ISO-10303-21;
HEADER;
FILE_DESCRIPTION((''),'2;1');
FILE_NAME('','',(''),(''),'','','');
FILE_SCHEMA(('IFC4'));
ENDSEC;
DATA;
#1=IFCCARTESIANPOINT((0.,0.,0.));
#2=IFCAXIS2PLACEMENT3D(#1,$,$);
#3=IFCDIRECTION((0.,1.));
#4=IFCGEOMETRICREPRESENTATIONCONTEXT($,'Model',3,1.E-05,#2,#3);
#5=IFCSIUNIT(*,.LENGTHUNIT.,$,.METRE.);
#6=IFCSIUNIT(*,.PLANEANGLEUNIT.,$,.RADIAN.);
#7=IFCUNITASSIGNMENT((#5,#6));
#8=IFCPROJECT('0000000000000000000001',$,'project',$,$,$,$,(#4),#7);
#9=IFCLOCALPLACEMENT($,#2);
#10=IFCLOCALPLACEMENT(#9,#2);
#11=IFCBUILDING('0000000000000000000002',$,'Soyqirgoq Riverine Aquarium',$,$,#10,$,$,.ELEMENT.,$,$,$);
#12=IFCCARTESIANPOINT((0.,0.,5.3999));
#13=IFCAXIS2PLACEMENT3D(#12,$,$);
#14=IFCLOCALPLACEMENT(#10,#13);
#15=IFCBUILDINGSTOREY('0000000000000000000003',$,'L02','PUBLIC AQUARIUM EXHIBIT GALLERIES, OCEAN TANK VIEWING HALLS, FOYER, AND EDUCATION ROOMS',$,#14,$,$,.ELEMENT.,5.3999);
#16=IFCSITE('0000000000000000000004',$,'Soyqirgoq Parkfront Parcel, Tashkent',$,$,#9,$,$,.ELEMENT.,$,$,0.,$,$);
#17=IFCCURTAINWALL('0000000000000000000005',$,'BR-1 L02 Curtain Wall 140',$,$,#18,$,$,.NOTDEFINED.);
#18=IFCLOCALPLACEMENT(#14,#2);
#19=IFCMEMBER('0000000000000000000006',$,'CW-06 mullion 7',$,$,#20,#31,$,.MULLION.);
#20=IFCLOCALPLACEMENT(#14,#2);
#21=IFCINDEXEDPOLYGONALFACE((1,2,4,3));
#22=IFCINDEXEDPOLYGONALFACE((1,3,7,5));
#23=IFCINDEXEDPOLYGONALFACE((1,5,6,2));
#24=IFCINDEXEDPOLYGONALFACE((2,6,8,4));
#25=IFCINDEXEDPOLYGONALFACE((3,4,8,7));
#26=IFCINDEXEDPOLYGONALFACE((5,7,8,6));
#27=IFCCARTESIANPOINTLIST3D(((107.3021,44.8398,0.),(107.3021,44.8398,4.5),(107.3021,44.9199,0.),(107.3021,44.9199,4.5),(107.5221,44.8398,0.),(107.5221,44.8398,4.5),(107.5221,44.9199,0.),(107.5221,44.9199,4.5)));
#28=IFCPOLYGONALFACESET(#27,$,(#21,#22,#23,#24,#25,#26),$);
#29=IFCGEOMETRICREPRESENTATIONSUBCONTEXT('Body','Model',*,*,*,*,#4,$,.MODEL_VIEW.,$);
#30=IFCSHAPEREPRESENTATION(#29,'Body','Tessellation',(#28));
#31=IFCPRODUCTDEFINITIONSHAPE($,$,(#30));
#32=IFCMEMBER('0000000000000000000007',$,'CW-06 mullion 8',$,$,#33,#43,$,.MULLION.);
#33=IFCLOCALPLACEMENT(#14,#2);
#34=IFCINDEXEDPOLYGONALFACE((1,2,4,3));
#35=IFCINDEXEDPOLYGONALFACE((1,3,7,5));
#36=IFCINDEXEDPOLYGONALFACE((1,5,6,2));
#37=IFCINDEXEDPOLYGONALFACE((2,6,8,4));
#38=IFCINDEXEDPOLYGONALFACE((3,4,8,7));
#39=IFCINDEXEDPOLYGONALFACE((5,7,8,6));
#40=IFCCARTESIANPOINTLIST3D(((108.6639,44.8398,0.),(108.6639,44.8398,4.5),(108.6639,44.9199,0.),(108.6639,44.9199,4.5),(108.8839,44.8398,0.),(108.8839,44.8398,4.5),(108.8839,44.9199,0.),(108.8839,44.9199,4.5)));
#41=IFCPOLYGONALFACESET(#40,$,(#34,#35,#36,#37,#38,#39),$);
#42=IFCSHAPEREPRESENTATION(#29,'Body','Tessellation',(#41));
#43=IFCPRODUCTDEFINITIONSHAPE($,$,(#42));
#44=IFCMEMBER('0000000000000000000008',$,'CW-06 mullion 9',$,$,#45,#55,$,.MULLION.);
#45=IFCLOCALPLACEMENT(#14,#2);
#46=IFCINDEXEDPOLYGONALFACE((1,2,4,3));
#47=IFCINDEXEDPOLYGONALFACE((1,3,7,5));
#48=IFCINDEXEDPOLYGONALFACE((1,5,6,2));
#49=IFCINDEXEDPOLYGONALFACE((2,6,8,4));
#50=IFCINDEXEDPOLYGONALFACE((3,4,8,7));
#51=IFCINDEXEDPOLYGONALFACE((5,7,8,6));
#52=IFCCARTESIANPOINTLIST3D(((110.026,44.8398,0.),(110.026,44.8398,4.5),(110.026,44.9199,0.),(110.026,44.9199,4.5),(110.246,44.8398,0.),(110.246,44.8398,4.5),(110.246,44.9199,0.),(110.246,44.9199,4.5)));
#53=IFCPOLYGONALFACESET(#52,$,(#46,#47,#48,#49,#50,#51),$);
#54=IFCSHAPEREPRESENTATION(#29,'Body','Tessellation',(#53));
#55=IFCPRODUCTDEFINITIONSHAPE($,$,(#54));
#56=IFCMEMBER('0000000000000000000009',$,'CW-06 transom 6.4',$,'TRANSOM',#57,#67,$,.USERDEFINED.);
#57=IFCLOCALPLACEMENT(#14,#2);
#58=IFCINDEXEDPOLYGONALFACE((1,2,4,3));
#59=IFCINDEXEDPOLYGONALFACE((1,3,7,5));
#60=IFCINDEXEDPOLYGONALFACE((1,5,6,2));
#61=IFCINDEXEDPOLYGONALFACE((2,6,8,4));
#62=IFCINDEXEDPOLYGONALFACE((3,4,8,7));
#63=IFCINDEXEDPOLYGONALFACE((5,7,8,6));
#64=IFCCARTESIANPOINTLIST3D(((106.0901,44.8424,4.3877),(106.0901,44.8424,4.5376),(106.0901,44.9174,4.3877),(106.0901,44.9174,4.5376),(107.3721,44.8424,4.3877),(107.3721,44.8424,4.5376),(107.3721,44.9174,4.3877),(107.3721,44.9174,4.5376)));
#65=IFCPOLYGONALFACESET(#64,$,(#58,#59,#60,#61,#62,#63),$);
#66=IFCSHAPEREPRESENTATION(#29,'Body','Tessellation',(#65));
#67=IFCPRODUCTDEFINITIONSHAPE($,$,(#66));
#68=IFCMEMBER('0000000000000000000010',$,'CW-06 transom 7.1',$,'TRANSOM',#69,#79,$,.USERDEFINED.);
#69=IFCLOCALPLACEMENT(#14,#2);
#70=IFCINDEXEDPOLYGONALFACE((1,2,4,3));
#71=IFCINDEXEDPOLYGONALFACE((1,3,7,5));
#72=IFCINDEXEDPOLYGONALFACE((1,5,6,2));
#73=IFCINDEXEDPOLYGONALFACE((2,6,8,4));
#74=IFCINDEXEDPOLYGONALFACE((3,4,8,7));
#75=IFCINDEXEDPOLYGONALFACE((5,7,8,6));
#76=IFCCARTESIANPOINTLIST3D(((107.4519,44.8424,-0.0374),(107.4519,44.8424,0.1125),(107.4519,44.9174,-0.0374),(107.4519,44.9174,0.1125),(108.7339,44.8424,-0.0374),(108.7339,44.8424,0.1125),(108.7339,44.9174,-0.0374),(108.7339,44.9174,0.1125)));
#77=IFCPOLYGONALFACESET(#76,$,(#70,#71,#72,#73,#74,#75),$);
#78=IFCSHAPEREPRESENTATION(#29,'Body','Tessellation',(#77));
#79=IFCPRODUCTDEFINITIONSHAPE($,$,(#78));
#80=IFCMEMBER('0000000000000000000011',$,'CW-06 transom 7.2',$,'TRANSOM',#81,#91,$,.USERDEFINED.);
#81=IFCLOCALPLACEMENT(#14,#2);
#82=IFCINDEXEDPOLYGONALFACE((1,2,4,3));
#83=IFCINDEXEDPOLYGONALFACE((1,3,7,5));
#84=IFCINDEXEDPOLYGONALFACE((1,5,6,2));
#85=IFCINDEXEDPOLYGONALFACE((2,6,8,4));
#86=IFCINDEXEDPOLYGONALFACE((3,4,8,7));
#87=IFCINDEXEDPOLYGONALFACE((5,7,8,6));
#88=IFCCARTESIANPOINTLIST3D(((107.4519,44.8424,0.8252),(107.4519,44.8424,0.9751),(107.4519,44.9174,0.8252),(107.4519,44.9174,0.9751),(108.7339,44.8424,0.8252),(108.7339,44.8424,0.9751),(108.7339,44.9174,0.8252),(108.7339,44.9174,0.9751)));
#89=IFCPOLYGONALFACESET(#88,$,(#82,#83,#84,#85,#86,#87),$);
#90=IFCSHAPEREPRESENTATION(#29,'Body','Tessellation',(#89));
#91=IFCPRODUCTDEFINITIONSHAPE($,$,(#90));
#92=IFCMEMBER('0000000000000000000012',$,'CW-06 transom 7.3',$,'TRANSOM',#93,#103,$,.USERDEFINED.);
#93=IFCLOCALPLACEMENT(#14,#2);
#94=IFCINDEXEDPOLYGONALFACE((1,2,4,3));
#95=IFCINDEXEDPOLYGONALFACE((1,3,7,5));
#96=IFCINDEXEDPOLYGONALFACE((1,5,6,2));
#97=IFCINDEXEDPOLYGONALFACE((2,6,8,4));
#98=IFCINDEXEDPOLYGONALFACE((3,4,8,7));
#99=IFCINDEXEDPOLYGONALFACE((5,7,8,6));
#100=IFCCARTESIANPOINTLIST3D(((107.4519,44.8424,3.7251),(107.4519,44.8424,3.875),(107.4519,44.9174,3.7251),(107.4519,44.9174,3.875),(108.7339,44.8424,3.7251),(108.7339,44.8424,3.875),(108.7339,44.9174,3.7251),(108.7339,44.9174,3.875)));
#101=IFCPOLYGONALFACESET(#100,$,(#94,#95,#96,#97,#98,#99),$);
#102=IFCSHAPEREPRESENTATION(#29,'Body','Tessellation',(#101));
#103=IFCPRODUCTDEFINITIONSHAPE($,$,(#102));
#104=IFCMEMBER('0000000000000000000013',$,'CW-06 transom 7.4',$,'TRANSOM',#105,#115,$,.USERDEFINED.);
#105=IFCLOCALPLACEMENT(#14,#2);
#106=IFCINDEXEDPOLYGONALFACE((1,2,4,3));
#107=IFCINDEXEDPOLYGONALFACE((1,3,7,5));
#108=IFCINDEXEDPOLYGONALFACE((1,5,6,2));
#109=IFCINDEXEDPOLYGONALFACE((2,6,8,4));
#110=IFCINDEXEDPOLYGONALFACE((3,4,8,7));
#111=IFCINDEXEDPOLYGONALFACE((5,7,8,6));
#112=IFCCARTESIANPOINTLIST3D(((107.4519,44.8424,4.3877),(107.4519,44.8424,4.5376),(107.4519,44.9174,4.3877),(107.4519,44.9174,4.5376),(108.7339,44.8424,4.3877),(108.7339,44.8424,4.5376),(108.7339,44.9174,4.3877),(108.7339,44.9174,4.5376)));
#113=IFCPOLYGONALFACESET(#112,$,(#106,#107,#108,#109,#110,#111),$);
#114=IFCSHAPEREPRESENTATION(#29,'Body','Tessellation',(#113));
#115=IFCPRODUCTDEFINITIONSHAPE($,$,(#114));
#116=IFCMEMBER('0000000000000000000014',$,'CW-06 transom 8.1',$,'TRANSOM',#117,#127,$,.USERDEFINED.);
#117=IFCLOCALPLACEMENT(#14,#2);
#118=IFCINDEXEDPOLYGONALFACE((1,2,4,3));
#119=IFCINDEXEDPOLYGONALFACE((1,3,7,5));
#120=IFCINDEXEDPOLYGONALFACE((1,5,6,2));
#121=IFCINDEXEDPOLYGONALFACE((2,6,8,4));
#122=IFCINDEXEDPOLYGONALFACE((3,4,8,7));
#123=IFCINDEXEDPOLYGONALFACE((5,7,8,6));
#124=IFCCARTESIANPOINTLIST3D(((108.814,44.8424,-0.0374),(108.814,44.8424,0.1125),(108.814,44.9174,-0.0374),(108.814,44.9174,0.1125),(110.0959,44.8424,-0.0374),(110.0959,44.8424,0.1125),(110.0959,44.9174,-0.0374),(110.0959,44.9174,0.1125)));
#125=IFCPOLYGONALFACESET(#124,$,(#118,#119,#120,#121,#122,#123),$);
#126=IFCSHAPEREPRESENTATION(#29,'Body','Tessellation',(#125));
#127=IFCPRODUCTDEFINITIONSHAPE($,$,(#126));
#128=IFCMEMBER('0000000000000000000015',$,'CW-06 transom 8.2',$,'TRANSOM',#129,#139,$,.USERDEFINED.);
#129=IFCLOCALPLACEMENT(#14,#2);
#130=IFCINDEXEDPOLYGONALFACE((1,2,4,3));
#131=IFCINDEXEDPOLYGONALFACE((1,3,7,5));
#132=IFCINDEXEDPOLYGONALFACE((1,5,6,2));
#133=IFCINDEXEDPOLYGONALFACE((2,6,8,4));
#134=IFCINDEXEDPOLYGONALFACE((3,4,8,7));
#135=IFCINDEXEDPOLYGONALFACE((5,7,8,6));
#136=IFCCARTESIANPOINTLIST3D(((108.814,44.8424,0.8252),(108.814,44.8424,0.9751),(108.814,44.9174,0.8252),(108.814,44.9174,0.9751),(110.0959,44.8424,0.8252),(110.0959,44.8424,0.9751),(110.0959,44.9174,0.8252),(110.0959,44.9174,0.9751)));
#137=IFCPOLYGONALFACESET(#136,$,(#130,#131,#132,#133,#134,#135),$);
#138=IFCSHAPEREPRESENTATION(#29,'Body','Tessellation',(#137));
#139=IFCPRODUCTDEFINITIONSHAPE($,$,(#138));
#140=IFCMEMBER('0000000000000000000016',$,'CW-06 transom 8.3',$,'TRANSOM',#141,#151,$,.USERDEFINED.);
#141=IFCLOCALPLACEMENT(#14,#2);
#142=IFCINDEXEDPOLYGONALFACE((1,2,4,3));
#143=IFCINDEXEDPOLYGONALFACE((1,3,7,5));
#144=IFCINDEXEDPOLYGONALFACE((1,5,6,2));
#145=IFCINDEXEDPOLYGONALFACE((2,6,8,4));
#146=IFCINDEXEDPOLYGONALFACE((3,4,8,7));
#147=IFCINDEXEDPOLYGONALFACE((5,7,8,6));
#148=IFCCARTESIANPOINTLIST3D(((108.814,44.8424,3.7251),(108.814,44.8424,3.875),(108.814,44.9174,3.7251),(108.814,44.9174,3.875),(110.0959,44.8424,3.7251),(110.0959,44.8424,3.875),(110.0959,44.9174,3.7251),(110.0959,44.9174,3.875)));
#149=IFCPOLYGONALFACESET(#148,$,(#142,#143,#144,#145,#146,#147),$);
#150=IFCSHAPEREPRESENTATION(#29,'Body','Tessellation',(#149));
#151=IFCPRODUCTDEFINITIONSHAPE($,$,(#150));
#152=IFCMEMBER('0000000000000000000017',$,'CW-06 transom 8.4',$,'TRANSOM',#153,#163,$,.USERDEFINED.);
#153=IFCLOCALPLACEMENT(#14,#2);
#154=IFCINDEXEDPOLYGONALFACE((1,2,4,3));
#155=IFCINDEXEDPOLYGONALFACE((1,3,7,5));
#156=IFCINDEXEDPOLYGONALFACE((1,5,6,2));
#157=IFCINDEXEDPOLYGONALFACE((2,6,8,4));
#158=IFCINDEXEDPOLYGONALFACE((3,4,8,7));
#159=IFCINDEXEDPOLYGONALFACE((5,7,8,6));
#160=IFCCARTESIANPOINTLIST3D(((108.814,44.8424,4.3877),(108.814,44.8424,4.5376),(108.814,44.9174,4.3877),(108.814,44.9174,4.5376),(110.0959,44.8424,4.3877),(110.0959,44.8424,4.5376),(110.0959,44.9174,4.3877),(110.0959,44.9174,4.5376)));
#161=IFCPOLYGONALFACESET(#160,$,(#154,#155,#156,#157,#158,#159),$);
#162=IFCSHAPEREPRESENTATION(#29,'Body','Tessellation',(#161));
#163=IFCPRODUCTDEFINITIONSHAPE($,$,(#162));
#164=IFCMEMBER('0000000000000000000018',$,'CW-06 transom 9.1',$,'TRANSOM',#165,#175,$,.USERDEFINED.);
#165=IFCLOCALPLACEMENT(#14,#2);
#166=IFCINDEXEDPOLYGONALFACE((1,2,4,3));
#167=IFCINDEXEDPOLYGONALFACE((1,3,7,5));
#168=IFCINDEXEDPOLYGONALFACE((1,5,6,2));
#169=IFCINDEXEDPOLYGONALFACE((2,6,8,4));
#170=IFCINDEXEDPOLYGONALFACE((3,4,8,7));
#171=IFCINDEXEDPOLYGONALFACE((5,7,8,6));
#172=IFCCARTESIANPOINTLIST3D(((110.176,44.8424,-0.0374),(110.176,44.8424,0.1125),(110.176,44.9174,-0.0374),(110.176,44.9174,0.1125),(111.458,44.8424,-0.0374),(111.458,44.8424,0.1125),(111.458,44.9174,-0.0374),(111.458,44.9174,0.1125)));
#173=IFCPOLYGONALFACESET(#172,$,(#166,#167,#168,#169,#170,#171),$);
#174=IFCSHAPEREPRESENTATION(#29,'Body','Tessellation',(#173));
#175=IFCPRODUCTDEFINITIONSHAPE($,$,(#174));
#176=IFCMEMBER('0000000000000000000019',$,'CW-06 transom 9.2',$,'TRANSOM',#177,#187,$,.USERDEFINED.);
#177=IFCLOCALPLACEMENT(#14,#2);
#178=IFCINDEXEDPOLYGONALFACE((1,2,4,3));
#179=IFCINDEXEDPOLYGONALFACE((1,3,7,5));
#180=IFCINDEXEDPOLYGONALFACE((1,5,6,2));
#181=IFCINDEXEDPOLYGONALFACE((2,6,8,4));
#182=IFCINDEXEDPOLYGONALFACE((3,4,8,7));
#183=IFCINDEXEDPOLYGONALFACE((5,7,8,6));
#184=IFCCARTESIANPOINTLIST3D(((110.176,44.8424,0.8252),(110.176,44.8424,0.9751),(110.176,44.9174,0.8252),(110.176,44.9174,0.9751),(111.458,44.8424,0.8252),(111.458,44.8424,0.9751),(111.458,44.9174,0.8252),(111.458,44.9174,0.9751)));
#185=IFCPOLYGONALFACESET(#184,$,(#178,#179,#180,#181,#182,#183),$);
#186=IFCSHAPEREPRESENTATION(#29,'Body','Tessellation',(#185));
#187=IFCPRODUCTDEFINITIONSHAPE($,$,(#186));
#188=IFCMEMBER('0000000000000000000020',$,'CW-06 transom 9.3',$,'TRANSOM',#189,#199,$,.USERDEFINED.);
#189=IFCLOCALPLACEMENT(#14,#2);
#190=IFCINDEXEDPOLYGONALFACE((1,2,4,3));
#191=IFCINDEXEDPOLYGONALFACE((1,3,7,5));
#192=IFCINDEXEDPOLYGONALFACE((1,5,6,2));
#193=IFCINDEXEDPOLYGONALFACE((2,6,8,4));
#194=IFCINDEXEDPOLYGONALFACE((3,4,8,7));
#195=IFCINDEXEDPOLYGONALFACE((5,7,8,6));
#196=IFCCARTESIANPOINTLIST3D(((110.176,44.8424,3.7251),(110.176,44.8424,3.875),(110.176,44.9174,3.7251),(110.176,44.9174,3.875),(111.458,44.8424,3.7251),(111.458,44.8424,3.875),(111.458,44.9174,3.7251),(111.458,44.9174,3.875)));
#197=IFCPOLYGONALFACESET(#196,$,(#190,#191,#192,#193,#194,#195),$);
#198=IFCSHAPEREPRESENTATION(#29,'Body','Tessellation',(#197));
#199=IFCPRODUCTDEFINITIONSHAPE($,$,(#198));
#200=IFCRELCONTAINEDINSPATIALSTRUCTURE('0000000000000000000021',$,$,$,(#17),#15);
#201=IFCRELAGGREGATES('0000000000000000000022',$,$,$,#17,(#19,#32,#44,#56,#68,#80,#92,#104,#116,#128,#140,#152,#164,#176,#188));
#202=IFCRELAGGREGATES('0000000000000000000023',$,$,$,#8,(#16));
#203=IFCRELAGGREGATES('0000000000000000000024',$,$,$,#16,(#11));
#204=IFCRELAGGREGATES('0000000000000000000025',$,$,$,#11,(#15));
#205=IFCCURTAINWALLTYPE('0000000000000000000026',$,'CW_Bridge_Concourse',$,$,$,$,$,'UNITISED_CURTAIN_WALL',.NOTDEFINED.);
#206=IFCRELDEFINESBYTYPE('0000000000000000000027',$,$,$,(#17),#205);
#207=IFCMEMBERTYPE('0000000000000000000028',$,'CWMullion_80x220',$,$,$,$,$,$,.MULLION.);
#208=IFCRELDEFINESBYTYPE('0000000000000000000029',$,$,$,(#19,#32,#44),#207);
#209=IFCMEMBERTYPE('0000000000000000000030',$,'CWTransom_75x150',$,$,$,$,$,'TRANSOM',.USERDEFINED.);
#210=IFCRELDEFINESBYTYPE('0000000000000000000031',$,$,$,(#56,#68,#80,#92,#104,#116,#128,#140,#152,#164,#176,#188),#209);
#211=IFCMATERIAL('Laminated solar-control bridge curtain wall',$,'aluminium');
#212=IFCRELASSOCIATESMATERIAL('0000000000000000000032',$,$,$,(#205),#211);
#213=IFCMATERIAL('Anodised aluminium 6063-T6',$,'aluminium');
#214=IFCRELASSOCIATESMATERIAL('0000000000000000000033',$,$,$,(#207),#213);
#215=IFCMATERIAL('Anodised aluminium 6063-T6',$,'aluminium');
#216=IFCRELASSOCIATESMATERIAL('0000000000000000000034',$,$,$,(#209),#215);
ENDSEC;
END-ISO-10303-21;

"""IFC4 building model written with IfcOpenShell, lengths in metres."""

from ifc_helpers import new_model, si_unit, direction, frame, origin, origin_2d, place, context, subcontext, project, spatial, rectangle, extrude, material, material_profile, profile_set, type_object, element, aggregate, save


model = new_model("IFC4")

# Units and contexts
model_context = context("Model", 3, precision=1e-05, world=origin(), true_north=direction((0.0, 1.0)))
body_context = subcontext(model_context, "Body", "Model", "MODEL_VIEW")
ifc_project = project(units=[si_unit("LENGTHUNIT", "METRE"), si_unit("PLANEANGLEUNIT", "RADIAN")], contexts=[model_context])

# Site, building, storey
site_placement = place(None, origin())
site = spatial("IfcSite", under=ifc_project, at=site_placement, Name="Soyqirgoq Parkfront Parcel, Tashkent", CompositionType="ELEMENT", RefElevation=0.0)
building_placement = place(site_placement, origin())
building = spatial("IfcBuilding", under=site, at=building_placement, Name="Soyqirgoq Riverine Aquarium", CompositionType="ELEMENT")
storey_placement = place(building_placement, frame((0.0, 0.0, 5.3999)))
storey = spatial("IfcBuildingStorey", under=building, at=storey_placement, Name="L02", Description="PUBLIC AQUARIUM EXHIBIT GALLERIES, OCEAN TANK VIEWING HALLS, FOYER, AND EDUCATION ROOMS", CompositionType="ELEMENT", Elevation=5.3999)

# Curtain wall, members
ifc_material_1 = material(Name="Laminated solar-control bridge curtain wall", Category="aluminium")
curtain_wall_type = type_object("IfcCurtainWallType", Name="CW_Bridge_Concourse", ElementType="UNITISED_CURTAIN_WALL", PredefinedType="NOTDEFINED", material=ifc_material_1)
curtain_wall_placement = place(storey_placement, origin())
curtain_wall = element("IfcCurtainWall", 1, at=curtain_wall_placement, inside=storey, type_object=curtain_wall_type, Name="BR-1 L02 Curtain Wall 140", PredefinedType="NOTDEFINED")
ifc_material_2 = material(Name="Anodised aluminium 6063-T6", Category="aluminium")
ifc_material_profile_1 = material_profile(ifc_material_2, rectangle(XDim=0.0801, YDim=0.22, at=origin_2d()), Name="ALU-M 80x220")
ifc_profile_set_1 = profile_set([ifc_material_profile_1], Name="Anodised aluminium 6063-T6")
member_type_1 = type_object("IfcMemberType", Name="CWMullion_80x220", PredefinedType="MULLION", material=ifc_profile_set_1)
member_1_placement = place(storey_placement, frame((107.4121, 44.8799, 0.0), z_axis=(0.0, 0.0, 1.0), x_axis=(0.0, 1.0, 0.0)))
member_1 = element("IfcMember", 2, at=member_1_placement, type_object=member_type_1, Name="CW-06 mullion 7", PredefinedType="MULLION", context=body_context, shape_type="SweptSolid", body=[
    extrude(rectangle(XDim=0.0801, YDim=0.22, at=origin_2d()), origin(), (0.0, 0.0, 1.0), 4.5),
])
member_2_placement = place(storey_placement, frame((108.7739, 44.8799, 0.0), z_axis=(0.0, 0.0, 1.0), x_axis=(0.0, 1.0, 0.0)))
member_2 = element("IfcMember", 3, at=member_2_placement, type_object=member_type_1, Name="CW-06 mullion 8", PredefinedType="MULLION", context=body_context, shape_type="SweptSolid", body=[
    extrude(rectangle(XDim=0.0801, YDim=0.22, at=origin_2d()), origin(), (0.0, 0.0, 1.0), 4.5),
])
member_3_placement = place(storey_placement, frame((110.136, 44.8799, 0.0), z_axis=(0.0, 0.0, 1.0), x_axis=(0.0, 1.0, 0.0)))
member_3 = element("IfcMember", 4, at=member_3_placement, type_object=member_type_1, Name="CW-06 mullion 9", PredefinedType="MULLION", context=body_context, shape_type="SweptSolid", body=[
    extrude(rectangle(XDim=0.0801, YDim=0.22, at=origin_2d()), origin(), (0.0, 0.0, 1.0), 4.5),
])
ifc_material_3 = material(Name="Anodised aluminium 6063-T6", Category="aluminium")
ifc_material_profile_2 = material_profile(ifc_material_3, rectangle(XDim=0.075, YDim=0.1499, at=origin_2d()), Name="ALU-T 75x150")
ifc_profile_set_2 = profile_set([ifc_material_profile_2], Name="Anodised aluminium 6063-T6")
member_type_2 = type_object("IfcMemberType", Name="CWTransom_75x150", ElementType="TRANSOM", PredefinedType="USERDEFINED", material=ifc_profile_set_2)
member_4_placement = place(storey_placement, frame((106.0901, 44.8799, 4.4626), z_axis=(1.0, 0.0, 0.0), x_axis=(0.0, 1.0, 0.0)))
member_4 = element("IfcMember", 5, at=member_4_placement, type_object=member_type_2, Name="CW-06 transom 6.4", ObjectType="TRANSOM", PredefinedType="USERDEFINED", context=body_context, shape_type="SweptSolid", body=[
    extrude(rectangle(XDim=0.075, YDim=0.1499, at=origin_2d()), origin(), (0.0, 0.0, 1.0), 1.282),
])
member_5_placement = place(storey_placement, frame((107.4519, 44.8799, 0.0376), z_axis=(1.0, 0.0, 0.0), x_axis=(0.0, 1.0, 0.0)))
member_5 = element("IfcMember", 6, at=member_5_placement, type_object=member_type_2, Name="CW-06 transom 7.1", ObjectType="TRANSOM", PredefinedType="USERDEFINED", context=body_context, shape_type="SweptSolid", body=[
    extrude(rectangle(XDim=0.075, YDim=0.1499, at=origin_2d()), origin(), (0.0, 0.0, 1.0), 1.282),
])
member_6_placement = place(storey_placement, frame((107.4519, 44.8799, 0.9001), z_axis=(1.0, 0.0, 0.0), x_axis=(0.0, 1.0, 0.0)))
member_6 = element("IfcMember", 7, at=member_6_placement, type_object=member_type_2, Name="CW-06 transom 7.2", ObjectType="TRANSOM", PredefinedType="USERDEFINED", context=body_context, shape_type="SweptSolid", body=[
    extrude(rectangle(XDim=0.075, YDim=0.1499, at=origin_2d()), origin(), (0.0, 0.0, 1.0), 1.282),
])
member_7_placement = place(storey_placement, frame((107.4519, 44.8799, 3.8), z_axis=(1.0, 0.0, 0.0), x_axis=(0.0, 1.0, 0.0)))
member_7 = element("IfcMember", 8, at=member_7_placement, type_object=member_type_2, Name="CW-06 transom 7.3", ObjectType="TRANSOM", PredefinedType="USERDEFINED", context=body_context, shape_type="SweptSolid", body=[
    extrude(rectangle(XDim=0.075, YDim=0.1499, at=origin_2d()), origin(), (0.0, 0.0, 1.0), 1.282),
])
member_8_placement = place(storey_placement, frame((107.4519, 44.8799, 4.4626), z_axis=(1.0, 0.0, 0.0), x_axis=(0.0, 1.0, 0.0)))
member_8 = element("IfcMember", 9, at=member_8_placement, type_object=member_type_2, Name="CW-06 transom 7.4", ObjectType="TRANSOM", PredefinedType="USERDEFINED", context=body_context, shape_type="SweptSolid", body=[
    extrude(rectangle(XDim=0.075, YDim=0.1499, at=origin_2d()), origin(), (0.0, 0.0, 1.0), 1.282),
])
member_9_placement = place(storey_placement, frame((108.814, 44.8799, 0.0376), z_axis=(1.0, 0.0, 0.0), x_axis=(0.0, 1.0, 0.0)))
member_9 = element("IfcMember", 10, at=member_9_placement, type_object=member_type_2, Name="CW-06 transom 8.1", ObjectType="TRANSOM", PredefinedType="USERDEFINED", context=body_context, shape_type="SweptSolid", body=[
    extrude(rectangle(XDim=0.075, YDim=0.1499, at=origin_2d()), origin(), (0.0, 0.0, 1.0), 1.282),
])
member_10_placement = place(storey_placement, frame((108.814, 44.8799, 0.9001), z_axis=(1.0, 0.0, 0.0), x_axis=(0.0, 1.0, 0.0)))
member_10 = element("IfcMember", 11, at=member_10_placement, type_object=member_type_2, Name="CW-06 transom 8.2", ObjectType="TRANSOM", PredefinedType="USERDEFINED", context=body_context, shape_type="SweptSolid", body=[
    extrude(rectangle(XDim=0.075, YDim=0.1499, at=origin_2d()), origin(), (0.0, 0.0, 1.0), 1.282),
])
member_11_placement = place(storey_placement, frame((108.814, 44.8799, 3.8), z_axis=(1.0, 0.0, 0.0), x_axis=(0.0, 1.0, 0.0)))
member_11 = element("IfcMember", 12, at=member_11_placement, type_object=member_type_2, Name="CW-06 transom 8.3", ObjectType="TRANSOM", PredefinedType="USERDEFINED", context=body_context, shape_type="SweptSolid", body=[
    extrude(rectangle(XDim=0.075, YDim=0.1499, at=origin_2d()), origin(), (0.0, 0.0, 1.0), 1.282),
])
member_12_placement = place(storey_placement, frame((108.814, 44.8799, 4.4626), z_axis=(1.0, 0.0, 0.0), x_axis=(0.0, 1.0, 0.0)))
member_12 = element("IfcMember", 13, at=member_12_placement, type_object=member_type_2, Name="CW-06 transom 8.4", ObjectType="TRANSOM", PredefinedType="USERDEFINED", context=body_context, shape_type="SweptSolid", body=[
    extrude(rectangle(XDim=0.075, YDim=0.1499, at=origin_2d()), origin(), (0.0, 0.0, 1.0), 1.282),
])
member_13_placement = place(storey_placement, frame((110.176, 44.8799, 0.0376), z_axis=(1.0, 0.0, 0.0), x_axis=(0.0, 1.0, 0.0)))
member_13 = element("IfcMember", 14, at=member_13_placement, type_object=member_type_2, Name="CW-06 transom 9.1", ObjectType="TRANSOM", PredefinedType="USERDEFINED", context=body_context, shape_type="SweptSolid", body=[
    extrude(rectangle(XDim=0.075, YDim=0.1499, at=origin_2d()), origin(), (0.0, 0.0, 1.0), 1.282),
])
member_14_placement = place(storey_placement, frame((110.176, 44.8799, 0.9001), z_axis=(1.0, 0.0, 0.0), x_axis=(0.0, 1.0, 0.0)))
member_14 = element("IfcMember", 15, at=member_14_placement, type_object=member_type_2, Name="CW-06 transom 9.2", ObjectType="TRANSOM", PredefinedType="USERDEFINED", context=body_context, shape_type="SweptSolid", body=[
    extrude(rectangle(XDim=0.075, YDim=0.1499, at=origin_2d()), origin(), (0.0, 0.0, 1.0), 1.282),
])
member_15_placement = place(storey_placement, frame((110.176, 44.8799, 3.8), z_axis=(1.0, 0.0, 0.0), x_axis=(0.0, 1.0, 0.0)))
member_15 = element("IfcMember", 16, at=member_15_placement, type_object=member_type_2, Name="CW-06 transom 9.3", ObjectType="TRANSOM", PredefinedType="USERDEFINED", context=body_context, shape_type="SweptSolid", body=[
    extrude(rectangle(XDim=0.075, YDim=0.1499, at=origin_2d()), origin(), (0.0, 0.0, 1.0), 1.282),
])
aggregate(curtain_wall, [member_1, member_2, member_3, member_4, member_5, member_6, member_7, member_8, member_9, member_10, member_11, member_12, member_13, member_14, member_15])

save(model, "model.ifc")
